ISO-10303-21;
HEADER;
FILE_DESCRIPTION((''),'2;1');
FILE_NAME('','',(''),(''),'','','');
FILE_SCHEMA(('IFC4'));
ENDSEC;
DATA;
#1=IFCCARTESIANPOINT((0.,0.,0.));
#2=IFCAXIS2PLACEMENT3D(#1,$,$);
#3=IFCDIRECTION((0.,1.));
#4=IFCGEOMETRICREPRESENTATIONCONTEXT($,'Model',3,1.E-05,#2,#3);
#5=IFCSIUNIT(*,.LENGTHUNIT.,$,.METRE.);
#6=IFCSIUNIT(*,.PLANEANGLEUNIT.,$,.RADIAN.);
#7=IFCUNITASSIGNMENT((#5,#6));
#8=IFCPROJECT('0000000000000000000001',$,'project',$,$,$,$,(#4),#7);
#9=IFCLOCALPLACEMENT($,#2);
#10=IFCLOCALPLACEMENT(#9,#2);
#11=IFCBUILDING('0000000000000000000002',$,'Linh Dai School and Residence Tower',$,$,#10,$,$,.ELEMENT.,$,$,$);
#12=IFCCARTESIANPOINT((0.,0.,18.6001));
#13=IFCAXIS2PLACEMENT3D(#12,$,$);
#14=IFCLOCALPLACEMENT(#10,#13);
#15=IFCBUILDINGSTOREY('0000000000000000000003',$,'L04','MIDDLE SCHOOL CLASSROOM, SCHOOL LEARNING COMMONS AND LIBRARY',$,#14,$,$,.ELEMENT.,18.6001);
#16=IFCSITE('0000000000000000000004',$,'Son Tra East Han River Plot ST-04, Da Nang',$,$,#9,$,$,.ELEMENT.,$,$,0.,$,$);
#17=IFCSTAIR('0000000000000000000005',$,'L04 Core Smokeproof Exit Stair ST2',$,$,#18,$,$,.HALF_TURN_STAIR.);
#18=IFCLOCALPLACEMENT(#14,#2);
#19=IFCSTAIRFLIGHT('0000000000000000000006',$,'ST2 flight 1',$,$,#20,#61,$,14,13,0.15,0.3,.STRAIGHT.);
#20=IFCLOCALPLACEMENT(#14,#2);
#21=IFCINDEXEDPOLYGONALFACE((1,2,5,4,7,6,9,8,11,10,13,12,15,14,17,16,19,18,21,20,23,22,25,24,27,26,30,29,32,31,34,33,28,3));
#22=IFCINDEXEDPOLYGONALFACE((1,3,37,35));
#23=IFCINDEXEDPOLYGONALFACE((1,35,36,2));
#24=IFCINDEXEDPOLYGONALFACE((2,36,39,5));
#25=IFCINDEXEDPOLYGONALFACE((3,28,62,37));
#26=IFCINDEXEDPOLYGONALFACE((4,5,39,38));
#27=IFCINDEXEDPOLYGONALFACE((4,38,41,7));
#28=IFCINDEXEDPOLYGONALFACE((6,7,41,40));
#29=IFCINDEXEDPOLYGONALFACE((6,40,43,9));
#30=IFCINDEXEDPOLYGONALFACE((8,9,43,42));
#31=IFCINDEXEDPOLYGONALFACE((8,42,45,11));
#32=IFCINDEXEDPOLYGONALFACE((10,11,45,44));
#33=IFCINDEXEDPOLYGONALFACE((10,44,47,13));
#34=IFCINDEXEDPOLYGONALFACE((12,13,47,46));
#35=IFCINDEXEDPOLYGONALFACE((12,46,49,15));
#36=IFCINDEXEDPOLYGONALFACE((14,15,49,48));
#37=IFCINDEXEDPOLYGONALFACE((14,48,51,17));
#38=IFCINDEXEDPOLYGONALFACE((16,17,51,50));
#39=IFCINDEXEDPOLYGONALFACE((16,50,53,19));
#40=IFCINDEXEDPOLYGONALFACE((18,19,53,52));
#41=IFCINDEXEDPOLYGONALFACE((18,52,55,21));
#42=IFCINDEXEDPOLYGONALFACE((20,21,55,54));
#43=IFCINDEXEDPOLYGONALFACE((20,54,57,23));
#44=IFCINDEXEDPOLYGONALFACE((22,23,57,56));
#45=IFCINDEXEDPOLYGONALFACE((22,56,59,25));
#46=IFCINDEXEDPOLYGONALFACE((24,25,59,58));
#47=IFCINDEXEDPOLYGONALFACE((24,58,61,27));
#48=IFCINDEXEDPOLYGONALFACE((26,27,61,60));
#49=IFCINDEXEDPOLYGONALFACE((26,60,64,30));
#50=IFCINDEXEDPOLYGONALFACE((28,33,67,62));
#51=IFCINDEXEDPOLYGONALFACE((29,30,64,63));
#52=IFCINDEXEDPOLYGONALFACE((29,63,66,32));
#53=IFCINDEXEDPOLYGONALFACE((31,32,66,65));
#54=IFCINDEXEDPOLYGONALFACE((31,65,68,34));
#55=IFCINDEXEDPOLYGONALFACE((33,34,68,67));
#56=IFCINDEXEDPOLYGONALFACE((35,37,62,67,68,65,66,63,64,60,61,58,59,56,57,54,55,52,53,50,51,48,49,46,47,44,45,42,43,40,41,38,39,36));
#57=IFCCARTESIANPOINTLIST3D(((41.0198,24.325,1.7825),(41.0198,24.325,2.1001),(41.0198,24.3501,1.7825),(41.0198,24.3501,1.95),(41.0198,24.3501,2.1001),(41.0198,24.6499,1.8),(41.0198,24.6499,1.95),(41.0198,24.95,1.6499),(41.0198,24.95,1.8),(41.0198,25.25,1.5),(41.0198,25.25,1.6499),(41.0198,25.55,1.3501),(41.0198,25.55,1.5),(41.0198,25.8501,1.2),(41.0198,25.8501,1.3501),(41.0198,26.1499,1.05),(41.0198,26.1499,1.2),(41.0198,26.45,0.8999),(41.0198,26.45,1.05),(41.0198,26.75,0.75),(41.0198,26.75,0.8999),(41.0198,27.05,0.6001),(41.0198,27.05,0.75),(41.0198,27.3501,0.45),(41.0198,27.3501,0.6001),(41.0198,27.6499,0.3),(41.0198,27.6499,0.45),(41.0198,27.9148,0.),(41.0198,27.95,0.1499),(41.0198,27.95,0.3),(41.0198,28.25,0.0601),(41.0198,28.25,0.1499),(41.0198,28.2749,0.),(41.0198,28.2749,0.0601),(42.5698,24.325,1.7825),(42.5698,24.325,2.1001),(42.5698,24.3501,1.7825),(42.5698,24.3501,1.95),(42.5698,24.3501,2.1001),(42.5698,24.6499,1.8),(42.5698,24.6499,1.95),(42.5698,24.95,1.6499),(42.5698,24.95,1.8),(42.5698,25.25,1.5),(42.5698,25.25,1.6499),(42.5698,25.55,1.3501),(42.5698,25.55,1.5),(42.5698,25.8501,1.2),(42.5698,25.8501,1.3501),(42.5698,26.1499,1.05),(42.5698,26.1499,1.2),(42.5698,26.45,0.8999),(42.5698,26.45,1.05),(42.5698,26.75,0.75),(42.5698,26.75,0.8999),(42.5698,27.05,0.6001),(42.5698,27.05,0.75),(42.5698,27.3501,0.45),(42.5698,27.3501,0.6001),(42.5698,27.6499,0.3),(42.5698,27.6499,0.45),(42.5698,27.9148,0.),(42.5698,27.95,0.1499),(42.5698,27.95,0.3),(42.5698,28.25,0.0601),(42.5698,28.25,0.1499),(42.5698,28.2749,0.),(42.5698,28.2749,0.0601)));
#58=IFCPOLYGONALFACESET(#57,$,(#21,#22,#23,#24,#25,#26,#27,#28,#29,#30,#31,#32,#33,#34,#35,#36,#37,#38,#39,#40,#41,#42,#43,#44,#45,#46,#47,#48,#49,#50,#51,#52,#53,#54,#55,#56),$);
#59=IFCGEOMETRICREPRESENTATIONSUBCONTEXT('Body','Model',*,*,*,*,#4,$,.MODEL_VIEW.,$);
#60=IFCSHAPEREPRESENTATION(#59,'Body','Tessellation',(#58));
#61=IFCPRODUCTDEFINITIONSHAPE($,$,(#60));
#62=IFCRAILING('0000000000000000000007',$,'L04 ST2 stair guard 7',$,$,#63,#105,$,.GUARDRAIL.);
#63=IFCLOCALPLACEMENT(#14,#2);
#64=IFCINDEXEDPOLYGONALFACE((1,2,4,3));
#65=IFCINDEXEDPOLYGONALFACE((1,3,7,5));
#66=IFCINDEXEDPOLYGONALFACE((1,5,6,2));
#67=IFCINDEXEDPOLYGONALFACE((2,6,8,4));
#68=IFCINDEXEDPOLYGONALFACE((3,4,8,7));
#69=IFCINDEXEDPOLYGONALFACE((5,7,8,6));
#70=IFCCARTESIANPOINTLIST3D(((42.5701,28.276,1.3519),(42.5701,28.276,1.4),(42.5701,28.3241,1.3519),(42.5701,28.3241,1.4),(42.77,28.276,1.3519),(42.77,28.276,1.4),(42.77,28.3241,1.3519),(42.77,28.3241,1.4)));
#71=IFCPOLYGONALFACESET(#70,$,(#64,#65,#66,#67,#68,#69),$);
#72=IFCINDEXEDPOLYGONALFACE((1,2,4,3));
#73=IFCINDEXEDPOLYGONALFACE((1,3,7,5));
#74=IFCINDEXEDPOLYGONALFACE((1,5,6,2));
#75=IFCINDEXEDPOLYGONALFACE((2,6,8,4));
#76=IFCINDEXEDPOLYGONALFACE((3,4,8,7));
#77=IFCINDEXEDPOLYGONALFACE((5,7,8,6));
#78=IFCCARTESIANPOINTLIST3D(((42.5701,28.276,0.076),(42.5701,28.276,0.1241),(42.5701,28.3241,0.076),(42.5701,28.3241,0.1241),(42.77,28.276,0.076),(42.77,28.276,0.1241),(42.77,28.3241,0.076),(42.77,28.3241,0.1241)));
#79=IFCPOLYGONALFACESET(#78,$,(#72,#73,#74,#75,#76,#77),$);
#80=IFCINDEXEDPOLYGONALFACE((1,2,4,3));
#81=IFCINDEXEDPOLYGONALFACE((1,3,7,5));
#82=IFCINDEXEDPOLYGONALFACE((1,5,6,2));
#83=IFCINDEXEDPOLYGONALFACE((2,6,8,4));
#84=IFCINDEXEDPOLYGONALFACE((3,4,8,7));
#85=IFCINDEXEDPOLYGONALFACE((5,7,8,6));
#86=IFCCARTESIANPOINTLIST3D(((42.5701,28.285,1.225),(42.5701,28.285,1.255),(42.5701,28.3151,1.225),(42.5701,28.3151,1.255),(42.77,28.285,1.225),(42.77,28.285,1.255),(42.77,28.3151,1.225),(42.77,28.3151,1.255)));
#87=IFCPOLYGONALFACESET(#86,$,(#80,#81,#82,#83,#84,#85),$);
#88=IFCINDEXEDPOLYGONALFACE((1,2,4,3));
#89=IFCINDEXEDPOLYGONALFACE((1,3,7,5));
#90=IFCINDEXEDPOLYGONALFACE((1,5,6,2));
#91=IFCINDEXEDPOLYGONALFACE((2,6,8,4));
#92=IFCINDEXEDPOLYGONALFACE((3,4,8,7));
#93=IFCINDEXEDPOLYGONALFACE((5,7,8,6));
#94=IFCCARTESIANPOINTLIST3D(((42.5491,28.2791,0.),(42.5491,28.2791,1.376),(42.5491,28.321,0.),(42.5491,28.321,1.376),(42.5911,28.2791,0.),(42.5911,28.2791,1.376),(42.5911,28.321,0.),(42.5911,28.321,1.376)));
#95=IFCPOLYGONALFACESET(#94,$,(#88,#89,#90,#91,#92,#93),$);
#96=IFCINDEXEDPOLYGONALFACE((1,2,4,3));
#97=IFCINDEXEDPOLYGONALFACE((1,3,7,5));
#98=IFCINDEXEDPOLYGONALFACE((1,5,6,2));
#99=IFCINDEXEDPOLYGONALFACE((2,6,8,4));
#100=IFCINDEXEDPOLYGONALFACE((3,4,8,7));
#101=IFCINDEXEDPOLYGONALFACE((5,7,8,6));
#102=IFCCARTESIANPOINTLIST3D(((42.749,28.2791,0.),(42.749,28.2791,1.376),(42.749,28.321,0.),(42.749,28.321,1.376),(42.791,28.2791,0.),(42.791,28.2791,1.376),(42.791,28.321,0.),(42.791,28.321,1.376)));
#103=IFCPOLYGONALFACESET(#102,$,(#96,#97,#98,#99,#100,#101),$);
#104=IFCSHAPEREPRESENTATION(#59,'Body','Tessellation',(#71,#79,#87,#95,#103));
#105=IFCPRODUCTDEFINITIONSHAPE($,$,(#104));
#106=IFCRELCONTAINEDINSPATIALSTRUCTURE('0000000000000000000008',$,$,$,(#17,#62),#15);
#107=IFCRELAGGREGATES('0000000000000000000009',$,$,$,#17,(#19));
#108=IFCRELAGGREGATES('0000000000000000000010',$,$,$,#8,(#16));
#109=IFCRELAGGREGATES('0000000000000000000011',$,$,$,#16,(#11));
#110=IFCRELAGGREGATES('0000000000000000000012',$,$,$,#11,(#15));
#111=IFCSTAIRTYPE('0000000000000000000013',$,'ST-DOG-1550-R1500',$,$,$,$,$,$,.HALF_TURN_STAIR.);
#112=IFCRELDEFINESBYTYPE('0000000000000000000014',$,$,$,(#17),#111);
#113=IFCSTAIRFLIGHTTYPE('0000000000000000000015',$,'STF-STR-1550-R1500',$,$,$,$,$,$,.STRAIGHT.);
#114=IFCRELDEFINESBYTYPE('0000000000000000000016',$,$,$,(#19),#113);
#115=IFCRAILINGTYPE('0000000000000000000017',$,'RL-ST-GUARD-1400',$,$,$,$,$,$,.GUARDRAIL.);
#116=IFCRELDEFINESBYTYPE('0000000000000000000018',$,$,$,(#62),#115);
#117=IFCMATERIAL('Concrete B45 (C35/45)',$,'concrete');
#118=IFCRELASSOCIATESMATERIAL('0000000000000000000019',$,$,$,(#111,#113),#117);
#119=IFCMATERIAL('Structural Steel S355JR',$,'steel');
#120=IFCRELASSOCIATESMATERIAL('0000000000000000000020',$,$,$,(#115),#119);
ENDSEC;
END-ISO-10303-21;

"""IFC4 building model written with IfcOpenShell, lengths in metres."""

from ifc_helpers import new_model, si_unit, direction, frame, origin, origin_2d, place, context, subcontext, project, spatial, polyline, rectangle, outline, extrude, source, transform, mapped, material, type_object, element, aggregate, save


model = new_model("IFC4")

# Units and contexts
model_context = context("Model", 3, precision=1e-05, world=origin(), true_north=direction((0.0, 1.0)))
body_context = subcontext(model_context, "Body", "Model", "MODEL_VIEW")
ifc_project = project(units=[si_unit("LENGTHUNIT", "METRE"), si_unit("PLANEANGLEUNIT", "RADIAN")], contexts=[model_context])

# Site, building, storey
site_placement = place(None, origin())
site = spatial("IfcSite", under=ifc_project, at=site_placement, Name="Son Tra East Han River Plot ST-04, Da Nang", CompositionType="ELEMENT", RefElevation=0.0)
building_placement = place(site_placement, origin())
building = spatial("IfcBuilding", under=site, at=building_placement, Name="Linh Dai School and Residence Tower", CompositionType="ELEMENT")
storey_placement = place(building_placement, frame((0.0, 0.0, 18.6001)))
storey = spatial("IfcBuildingStorey", under=building, at=storey_placement, Name="L04", Description="MIDDLE SCHOOL CLASSROOM, SCHOOL LEARNING COMMONS AND LIBRARY", CompositionType="ELEMENT", Elevation=18.6001)

# Shared definitions
ifc_material_1 = material(Name="Structural Steel S355JR", Category="steel")

# Shared definitions
ifc_material_2 = material(Name="Concrete B45 (C35/45)", Category="concrete")

# Stair, stair flight
stair_type = type_object("IfcStairType", Name="ST-DOG-1550-R1500", PredefinedType="HALF_TURN_STAIR", material=ifc_material_2)
stair_placement = place(storey_placement, origin())
stair = element("IfcStair", 1, at=stair_placement, inside=storey, type_object=stair_type, Name="L04 Core Smokeproof Exit Stair ST2", PredefinedType="HALF_TURN_STAIR")
stair_flight_type = type_object("IfcStairFlightType", Name="STF-STR-1550-R1500", PredefinedType="STRAIGHT", material=ifc_material_2)
shared_shape_1 = source(origin(), body_context, "Body", "SweptSolid", [
    extrude(outline(polyline([(-0.0249, 0.0), (-0.0249, 0.0601), (0.0, 0.0601), (0.0, 0.1499), (0.3, 0.1499), (0.3, 0.3), (0.6001, 0.3), (0.6001, 0.45), (0.8999, 0.45), (0.8999, 0.6001), (1.2, 0.6001), (1.2, 0.75), (1.5, 0.75), (1.5, 0.8999), (1.8, 0.8999), (1.8, 1.05), (2.1001, 1.05), (2.1001, 1.2), (2.3999, 1.2), (2.3999, 1.3501), (2.7, 1.3501), (2.7, 1.5), (3.0, 1.5), (3.0, 1.6499), (3.3, 1.6499), (3.3, 1.8), (3.6001, 1.8), (3.6001, 1.95), (3.8999, 1.95), (3.8999, 2.1001), (3.925, 2.1001), (3.925, 1.7825), (3.8999, 1.7825), (0.3352, 0.0), (-0.0249, 0.0)])), frame((0.0, 0.7749, 0.0), z_axis=(0.0, -1.0, 0.0), x_axis=(1.0, 0.0, 0.0)), (0.0, 0.0, 1.0), 1.55),
])
stair_flight_placement = place(storey_placement, frame((41.7949, 28.25, 0.0), z_axis=(0.0, 0.0, 1.0), x_axis=(0.0, -1.0, 0.0)))
stair_flight = element("IfcStairFlight", 2, at=stair_flight_placement, type_object=stair_flight_type, Name="ST2 flight 1", NumberOfRisers=14, NumberOfTreads=13, PredefinedType="STRAIGHT", RiserHeight=0.15, TreadLength=0.3, context=body_context, shape_type="MappedRepresentation", body=[
    mapped(shared_shape_1, transform((0.0, 0.0, 0.0), x_axis=(1.0, 0.0, 0.0), y_axis=(0.0, 1.0, 0.0), z_axis=(0.0, 0.0, 1.0), scale=1.0)),
])
aggregate(stair, [stair_flight])

# Railing
railing_type_1 = type_object("IfcRailingType", Name="RL-ST-GUARD-1400", PredefinedType="GUARDRAIL", material=ifc_material_1)
shared_shape_2 = source(origin(), body_context, "Body", "SweptSolid", [
    extrude(rectangle(XDim=0.0481, YDim=0.0481, at=origin_2d()), frame((0.0, 0.0, 1.376), z_axis=(1.0, 0.0, 0.0), x_axis=(0.0, 1.0, 0.0)), (0.0, 0.0, 1.0), 0.2),
    extrude(rectangle(XDim=0.0481, YDim=0.0481, at=origin_2d()), frame((0.0, 0.0, 0.1001), z_axis=(1.0, 0.0, 0.0), x_axis=(0.0, 1.0, 0.0)), (0.0, 0.0, 1.0), 0.2),
    extrude(rectangle(XDim=0.03, YDim=0.03, at=origin_2d()), frame((0.0, 0.0, 1.24), z_axis=(1.0, 0.0, 0.0), x_axis=(0.0, 1.0, 0.0)), (0.0, 0.0, 1.0), 0.2),
    extrude(rectangle(XDim=0.042, YDim=0.042, at=origin_2d()), origin(), (0.0, 0.0, 1.0), 1.376),
    extrude(rectangle(XDim=0.042, YDim=0.042, at=origin_2d()), frame((0.2, 0.0, 0.0)), (0.0, 0.0, 1.0), 1.376),
])
railing_1_placement = place(storey_placement, frame((42.5701, 28.3, 0.0)))
element("IfcRailing", 3, at=railing_1_placement, inside=storey, type_object=railing_type_1, Name="L04 ST2 stair guard 7", PredefinedType="GUARDRAIL", context=body_context, shape_type="MappedRepresentation", body=[
    mapped(shared_shape_2, transform((0.0, 0.0, 0.0), x_axis=(1.0, 0.0, 0.0), y_axis=(0.0, 1.0, 0.0), z_axis=(0.0, 0.0, 1.0), scale=1.0)),
])

save(model, "model.ifc")
